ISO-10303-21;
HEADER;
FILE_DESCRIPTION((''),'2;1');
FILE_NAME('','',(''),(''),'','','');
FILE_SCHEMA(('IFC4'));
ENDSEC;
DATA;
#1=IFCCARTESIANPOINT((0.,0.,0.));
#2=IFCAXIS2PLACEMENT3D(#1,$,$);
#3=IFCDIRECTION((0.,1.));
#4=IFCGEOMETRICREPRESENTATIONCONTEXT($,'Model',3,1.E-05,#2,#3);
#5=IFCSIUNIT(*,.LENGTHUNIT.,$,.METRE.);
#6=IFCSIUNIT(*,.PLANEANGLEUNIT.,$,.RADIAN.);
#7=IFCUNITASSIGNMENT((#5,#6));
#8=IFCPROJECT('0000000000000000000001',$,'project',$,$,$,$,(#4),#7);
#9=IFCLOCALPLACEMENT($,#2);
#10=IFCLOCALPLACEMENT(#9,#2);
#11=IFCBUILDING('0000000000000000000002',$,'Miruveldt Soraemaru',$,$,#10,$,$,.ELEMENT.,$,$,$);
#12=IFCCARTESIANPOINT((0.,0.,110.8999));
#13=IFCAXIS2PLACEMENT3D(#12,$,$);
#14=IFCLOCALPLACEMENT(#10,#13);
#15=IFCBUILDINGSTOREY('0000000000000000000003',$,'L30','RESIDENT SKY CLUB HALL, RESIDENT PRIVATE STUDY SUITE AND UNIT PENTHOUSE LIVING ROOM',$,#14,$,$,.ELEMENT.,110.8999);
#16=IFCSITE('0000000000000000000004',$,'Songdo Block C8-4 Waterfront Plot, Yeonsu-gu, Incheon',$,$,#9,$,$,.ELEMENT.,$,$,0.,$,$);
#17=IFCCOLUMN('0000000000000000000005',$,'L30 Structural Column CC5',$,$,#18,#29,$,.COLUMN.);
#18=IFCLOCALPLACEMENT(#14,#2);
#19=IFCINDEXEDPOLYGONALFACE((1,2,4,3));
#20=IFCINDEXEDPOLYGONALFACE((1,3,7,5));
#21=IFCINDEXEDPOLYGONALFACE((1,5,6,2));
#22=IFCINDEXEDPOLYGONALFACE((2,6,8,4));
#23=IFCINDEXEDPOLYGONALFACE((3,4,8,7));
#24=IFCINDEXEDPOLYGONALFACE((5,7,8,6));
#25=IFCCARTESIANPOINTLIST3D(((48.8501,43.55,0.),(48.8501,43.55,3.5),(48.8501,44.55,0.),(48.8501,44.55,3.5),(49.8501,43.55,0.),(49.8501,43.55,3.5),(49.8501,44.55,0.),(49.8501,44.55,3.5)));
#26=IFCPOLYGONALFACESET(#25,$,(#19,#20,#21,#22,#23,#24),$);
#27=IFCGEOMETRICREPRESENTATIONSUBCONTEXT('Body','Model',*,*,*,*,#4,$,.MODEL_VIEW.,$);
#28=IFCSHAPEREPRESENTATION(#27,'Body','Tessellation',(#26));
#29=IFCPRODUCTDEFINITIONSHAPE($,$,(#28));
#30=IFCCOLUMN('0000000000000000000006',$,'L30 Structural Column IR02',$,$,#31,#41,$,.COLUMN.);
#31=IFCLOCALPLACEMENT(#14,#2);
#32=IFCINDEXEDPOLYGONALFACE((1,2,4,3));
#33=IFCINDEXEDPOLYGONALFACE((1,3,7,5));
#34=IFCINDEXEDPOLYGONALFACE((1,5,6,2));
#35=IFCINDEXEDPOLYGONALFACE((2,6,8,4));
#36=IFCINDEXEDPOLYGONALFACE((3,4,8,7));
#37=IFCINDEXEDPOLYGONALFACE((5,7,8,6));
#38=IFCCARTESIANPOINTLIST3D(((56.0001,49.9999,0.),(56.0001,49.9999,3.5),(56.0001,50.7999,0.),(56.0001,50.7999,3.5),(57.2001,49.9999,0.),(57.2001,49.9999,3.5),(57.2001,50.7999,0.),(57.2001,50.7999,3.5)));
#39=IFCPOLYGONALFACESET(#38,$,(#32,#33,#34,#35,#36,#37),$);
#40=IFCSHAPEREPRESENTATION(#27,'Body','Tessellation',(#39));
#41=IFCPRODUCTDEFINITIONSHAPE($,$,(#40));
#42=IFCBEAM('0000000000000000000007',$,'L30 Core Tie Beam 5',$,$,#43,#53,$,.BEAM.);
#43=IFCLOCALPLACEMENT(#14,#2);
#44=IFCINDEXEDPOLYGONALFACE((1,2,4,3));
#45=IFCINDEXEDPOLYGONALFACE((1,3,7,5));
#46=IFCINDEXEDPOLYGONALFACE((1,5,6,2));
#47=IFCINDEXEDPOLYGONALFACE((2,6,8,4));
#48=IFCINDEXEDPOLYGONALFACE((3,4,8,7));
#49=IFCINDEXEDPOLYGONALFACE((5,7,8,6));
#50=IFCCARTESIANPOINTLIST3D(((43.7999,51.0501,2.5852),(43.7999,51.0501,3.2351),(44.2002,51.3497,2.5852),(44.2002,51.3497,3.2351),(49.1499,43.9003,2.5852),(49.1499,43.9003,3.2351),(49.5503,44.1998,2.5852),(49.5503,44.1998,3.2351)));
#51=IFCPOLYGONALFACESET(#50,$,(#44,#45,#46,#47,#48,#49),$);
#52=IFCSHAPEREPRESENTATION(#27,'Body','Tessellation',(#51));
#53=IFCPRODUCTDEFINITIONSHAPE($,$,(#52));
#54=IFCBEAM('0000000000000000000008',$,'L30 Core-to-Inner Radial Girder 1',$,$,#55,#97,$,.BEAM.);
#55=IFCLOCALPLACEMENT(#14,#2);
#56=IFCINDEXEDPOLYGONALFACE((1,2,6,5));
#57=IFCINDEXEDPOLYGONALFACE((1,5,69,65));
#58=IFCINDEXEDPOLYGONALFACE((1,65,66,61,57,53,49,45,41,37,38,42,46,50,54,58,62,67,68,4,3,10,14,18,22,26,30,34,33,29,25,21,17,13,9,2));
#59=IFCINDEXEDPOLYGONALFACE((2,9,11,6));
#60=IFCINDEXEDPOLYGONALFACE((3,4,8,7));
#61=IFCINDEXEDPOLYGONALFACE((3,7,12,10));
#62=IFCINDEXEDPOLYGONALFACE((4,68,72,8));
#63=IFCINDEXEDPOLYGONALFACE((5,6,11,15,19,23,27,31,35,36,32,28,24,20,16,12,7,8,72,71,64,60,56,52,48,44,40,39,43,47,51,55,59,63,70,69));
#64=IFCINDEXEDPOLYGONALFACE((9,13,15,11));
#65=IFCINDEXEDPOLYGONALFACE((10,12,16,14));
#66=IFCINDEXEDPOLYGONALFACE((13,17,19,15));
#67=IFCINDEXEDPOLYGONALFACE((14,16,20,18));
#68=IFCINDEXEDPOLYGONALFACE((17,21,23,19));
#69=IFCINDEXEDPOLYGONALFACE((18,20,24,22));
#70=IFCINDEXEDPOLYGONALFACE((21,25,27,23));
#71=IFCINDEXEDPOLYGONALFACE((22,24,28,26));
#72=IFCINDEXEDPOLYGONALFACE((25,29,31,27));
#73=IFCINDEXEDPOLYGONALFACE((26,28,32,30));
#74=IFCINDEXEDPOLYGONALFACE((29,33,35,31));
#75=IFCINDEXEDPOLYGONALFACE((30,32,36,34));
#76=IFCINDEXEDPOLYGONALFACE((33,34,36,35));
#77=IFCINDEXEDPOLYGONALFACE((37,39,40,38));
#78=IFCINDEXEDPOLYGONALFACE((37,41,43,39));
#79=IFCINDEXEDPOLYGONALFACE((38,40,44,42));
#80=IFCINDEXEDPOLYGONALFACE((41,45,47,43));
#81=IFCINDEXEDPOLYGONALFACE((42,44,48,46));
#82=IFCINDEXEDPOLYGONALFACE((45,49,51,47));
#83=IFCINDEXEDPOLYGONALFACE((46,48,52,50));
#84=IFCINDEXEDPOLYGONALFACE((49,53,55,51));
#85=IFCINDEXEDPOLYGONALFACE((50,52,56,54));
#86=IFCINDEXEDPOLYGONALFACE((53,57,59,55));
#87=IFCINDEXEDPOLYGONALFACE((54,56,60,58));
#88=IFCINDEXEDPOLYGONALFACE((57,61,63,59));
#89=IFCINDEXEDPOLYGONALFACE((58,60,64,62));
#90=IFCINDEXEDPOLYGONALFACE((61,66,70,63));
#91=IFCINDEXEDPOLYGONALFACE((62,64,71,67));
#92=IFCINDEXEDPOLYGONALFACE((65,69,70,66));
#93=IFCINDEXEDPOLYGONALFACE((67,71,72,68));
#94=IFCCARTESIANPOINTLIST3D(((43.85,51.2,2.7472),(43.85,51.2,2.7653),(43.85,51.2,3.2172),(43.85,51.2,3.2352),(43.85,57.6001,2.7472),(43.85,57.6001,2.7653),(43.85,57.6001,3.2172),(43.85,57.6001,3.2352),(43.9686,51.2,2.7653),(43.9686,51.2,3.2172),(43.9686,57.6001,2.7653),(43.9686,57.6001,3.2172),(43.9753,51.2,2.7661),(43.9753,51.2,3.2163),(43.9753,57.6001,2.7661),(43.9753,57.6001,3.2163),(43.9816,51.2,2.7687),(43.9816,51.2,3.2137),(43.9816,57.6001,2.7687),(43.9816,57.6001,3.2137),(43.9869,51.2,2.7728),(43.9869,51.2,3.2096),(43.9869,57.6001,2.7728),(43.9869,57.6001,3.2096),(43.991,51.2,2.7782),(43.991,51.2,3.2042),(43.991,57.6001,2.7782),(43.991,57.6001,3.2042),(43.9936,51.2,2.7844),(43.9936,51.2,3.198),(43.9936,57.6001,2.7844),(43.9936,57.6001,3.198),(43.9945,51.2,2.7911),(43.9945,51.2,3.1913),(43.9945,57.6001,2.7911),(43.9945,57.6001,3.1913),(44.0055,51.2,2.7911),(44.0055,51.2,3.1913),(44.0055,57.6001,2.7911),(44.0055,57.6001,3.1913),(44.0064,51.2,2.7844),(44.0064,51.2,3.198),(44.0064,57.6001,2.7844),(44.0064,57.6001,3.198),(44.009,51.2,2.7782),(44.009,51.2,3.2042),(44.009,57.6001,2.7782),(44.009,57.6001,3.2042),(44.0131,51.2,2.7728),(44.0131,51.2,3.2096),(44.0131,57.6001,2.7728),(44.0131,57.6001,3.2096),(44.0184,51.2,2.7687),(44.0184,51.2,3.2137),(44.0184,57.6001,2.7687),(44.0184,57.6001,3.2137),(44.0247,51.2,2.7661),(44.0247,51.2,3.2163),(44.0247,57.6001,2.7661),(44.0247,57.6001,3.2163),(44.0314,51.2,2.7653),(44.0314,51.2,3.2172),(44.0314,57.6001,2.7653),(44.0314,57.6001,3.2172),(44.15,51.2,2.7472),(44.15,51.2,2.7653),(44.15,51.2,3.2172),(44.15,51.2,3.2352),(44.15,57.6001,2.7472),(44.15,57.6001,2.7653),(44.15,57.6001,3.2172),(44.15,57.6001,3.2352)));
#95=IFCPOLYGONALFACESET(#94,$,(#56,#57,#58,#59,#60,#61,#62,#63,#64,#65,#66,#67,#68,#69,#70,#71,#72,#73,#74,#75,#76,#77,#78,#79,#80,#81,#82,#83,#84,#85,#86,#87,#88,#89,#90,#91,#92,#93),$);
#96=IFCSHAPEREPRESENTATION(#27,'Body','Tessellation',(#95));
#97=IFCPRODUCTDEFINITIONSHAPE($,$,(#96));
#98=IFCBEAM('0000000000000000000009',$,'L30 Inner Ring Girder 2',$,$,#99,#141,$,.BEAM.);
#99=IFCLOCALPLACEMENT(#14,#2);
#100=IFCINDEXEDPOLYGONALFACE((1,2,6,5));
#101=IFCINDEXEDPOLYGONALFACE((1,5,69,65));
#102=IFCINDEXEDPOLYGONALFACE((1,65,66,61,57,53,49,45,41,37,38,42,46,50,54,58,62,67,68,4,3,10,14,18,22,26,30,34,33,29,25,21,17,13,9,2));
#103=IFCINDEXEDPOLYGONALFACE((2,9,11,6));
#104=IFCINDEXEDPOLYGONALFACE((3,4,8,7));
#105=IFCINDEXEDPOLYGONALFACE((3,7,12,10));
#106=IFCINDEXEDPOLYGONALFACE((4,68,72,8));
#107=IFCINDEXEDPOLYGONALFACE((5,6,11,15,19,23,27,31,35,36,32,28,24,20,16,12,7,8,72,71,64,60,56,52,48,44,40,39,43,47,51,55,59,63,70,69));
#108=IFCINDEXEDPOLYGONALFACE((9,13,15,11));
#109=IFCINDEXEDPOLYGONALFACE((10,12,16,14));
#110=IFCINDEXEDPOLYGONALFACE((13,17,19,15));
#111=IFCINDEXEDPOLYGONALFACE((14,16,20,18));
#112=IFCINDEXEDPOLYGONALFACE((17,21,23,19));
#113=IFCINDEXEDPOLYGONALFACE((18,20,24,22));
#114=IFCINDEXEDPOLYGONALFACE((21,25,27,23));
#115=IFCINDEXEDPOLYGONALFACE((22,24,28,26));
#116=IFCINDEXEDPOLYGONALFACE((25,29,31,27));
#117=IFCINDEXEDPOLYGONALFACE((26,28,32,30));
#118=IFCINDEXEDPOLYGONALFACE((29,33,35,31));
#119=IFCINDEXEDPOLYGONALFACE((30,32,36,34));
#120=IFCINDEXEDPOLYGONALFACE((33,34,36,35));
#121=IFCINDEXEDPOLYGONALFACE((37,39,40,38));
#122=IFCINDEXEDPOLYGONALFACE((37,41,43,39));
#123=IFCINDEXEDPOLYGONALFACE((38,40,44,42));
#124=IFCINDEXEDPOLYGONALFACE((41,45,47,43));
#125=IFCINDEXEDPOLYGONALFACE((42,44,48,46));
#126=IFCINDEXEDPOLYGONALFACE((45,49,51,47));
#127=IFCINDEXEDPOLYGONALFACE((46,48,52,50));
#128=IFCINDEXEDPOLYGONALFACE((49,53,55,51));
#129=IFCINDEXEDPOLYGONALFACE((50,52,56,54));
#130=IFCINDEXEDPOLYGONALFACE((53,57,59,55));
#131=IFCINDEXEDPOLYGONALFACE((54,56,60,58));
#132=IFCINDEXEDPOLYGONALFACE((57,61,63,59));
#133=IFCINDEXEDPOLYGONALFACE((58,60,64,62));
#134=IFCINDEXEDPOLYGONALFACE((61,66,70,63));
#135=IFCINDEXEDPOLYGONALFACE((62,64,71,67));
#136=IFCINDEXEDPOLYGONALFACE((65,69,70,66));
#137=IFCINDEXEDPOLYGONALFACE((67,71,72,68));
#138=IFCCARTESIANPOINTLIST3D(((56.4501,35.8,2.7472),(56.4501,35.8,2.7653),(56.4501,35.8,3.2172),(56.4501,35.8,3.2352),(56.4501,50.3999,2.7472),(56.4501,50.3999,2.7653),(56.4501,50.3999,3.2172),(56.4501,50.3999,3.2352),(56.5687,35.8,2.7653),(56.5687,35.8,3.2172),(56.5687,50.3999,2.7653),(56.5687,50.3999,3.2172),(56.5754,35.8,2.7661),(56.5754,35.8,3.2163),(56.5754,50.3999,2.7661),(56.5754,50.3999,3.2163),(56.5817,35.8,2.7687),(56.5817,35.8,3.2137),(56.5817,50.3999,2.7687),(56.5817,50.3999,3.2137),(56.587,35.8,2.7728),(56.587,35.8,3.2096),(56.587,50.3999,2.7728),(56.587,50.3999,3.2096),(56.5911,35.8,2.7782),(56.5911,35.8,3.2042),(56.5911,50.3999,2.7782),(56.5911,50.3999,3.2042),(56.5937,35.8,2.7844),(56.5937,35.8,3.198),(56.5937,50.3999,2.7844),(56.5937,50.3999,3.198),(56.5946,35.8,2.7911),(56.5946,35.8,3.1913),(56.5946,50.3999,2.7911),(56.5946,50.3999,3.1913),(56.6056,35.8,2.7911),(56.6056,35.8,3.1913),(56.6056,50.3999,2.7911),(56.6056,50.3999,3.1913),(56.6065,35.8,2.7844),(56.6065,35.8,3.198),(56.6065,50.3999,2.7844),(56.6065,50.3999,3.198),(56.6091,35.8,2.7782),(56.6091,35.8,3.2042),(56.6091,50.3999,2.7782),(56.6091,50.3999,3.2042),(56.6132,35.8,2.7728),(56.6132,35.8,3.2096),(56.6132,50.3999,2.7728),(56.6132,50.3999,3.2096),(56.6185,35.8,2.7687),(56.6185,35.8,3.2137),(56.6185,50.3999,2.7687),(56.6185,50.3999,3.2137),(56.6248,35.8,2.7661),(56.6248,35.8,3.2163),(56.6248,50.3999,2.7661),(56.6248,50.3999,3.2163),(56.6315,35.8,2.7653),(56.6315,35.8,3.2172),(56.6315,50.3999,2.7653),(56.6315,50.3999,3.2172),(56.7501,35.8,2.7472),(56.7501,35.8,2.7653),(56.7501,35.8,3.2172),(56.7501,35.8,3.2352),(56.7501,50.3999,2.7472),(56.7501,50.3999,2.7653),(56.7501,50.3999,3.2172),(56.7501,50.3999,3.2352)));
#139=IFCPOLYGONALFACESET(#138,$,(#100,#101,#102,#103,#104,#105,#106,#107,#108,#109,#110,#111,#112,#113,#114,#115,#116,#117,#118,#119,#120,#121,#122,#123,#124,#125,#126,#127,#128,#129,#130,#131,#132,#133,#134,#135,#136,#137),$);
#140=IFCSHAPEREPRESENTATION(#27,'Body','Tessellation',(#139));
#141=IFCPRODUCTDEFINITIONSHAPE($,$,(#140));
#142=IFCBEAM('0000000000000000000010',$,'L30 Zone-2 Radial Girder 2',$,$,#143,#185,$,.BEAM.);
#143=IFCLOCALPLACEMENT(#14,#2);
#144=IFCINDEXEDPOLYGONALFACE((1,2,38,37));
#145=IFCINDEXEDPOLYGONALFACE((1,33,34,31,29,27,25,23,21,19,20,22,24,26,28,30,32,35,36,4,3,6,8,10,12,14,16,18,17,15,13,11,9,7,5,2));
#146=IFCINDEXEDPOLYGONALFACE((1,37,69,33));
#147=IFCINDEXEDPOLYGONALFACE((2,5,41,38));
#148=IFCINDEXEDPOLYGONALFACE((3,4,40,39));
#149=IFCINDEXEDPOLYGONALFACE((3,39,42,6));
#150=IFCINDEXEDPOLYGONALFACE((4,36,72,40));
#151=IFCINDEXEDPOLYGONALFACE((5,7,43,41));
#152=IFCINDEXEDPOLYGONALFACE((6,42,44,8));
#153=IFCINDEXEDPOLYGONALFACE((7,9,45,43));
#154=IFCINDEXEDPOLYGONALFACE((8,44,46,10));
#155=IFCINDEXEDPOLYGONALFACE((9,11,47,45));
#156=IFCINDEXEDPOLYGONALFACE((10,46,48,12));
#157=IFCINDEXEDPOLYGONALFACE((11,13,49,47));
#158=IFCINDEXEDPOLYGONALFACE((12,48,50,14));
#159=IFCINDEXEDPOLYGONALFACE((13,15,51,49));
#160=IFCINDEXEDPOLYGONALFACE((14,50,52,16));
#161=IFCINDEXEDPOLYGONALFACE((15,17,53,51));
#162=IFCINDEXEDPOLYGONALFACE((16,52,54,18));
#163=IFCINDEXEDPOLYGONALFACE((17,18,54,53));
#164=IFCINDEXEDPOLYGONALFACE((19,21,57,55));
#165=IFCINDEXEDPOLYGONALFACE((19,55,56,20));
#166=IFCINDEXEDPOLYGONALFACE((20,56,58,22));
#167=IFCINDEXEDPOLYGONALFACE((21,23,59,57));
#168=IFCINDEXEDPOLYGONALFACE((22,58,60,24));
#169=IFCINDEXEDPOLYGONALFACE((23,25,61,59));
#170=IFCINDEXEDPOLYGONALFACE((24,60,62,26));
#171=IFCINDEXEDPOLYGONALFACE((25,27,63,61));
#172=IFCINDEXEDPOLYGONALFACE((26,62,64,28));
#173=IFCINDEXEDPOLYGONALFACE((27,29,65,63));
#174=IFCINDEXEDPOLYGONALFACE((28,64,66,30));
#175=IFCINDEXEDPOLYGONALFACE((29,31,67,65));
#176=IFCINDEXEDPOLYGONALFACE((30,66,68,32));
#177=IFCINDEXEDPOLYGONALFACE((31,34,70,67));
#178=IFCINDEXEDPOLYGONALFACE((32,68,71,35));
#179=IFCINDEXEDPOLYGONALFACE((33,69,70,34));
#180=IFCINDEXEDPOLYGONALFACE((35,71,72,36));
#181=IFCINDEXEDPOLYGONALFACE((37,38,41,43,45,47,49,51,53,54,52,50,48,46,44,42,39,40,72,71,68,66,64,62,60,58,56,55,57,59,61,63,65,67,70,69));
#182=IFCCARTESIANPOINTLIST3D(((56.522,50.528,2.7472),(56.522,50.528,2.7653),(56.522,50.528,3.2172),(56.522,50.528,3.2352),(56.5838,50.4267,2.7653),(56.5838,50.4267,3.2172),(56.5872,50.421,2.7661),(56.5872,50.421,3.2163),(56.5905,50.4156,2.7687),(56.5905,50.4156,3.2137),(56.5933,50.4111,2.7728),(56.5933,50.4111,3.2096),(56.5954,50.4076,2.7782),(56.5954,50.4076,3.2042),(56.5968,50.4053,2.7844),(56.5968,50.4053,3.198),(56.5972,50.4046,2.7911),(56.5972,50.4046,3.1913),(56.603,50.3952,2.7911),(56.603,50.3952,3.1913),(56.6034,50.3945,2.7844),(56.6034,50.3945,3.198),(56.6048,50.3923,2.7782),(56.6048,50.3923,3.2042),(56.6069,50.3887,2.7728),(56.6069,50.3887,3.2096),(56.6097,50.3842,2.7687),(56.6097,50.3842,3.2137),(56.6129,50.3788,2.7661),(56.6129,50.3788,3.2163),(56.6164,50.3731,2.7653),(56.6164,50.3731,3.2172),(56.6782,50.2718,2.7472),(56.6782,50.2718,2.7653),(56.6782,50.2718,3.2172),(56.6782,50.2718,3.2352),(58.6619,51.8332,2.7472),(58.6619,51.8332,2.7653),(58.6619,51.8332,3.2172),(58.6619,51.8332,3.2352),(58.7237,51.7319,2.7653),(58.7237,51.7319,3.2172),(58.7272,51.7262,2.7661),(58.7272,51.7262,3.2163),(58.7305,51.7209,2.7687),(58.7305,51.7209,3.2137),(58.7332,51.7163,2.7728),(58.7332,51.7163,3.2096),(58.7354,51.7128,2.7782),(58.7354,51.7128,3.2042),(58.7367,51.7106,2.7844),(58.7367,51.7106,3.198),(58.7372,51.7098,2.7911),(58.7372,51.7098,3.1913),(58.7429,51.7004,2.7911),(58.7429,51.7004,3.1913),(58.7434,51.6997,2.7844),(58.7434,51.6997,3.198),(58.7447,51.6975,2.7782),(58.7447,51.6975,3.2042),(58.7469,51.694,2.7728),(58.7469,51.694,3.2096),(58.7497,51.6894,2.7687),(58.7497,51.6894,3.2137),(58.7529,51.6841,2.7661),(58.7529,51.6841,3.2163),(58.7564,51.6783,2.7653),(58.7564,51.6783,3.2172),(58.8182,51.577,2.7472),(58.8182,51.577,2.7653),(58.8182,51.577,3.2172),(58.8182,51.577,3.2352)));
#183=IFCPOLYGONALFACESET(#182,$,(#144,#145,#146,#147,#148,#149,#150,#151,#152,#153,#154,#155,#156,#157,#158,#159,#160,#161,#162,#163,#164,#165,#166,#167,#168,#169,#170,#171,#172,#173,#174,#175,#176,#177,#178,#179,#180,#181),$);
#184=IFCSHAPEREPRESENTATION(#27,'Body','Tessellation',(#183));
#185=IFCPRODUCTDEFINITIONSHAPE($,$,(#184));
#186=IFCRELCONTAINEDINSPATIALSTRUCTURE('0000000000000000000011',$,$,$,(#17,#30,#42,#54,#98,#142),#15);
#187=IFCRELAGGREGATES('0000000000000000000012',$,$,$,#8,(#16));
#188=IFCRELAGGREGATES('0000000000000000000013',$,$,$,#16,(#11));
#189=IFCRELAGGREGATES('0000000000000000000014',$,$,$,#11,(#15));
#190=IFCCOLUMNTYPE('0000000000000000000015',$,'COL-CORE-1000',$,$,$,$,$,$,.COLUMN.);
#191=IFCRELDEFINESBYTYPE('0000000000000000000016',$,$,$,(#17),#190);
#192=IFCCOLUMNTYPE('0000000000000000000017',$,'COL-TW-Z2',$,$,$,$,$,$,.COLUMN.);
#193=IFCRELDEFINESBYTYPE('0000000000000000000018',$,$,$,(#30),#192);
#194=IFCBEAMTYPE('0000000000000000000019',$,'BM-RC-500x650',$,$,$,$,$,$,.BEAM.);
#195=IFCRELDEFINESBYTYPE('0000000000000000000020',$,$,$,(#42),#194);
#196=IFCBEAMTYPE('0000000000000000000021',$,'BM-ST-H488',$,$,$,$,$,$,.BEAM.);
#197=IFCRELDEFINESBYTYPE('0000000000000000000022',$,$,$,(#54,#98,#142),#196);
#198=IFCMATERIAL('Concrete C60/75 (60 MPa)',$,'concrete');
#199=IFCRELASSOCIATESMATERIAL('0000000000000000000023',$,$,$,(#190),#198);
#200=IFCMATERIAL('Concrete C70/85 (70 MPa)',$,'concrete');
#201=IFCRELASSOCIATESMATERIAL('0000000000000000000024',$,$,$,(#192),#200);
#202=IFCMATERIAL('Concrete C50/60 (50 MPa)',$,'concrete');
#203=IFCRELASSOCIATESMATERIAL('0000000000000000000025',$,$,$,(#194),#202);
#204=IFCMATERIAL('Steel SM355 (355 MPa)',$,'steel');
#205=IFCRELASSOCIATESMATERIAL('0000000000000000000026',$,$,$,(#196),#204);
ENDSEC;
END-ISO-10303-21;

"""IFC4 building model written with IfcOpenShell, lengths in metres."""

from ifc_helpers import new_model, si_unit, direction, frame, origin, origin_2d, place, context, subcontext, project, spatial, rectangle, i_section, extrude, material, material_profile, profile_set, type_object, element, save


model = new_model("IFC4")

# Units and contexts
model_context = context("Model", 3, precision=1e-05, world=origin(), true_north=direction((0.0, 1.0)))
body_context = subcontext(model_context, "Body", "Model", "MODEL_VIEW")
ifc_project = project(units=[si_unit("LENGTHUNIT", "METRE"), si_unit("PLANEANGLEUNIT", "RADIAN")], contexts=[model_context])

# Site, building, storey
site_placement = place(None, origin())
site = spatial("IfcSite", under=ifc_project, at=site_placement, Name="Songdo Block C8-4 Waterfront Plot, Yeonsu-gu, Incheon", CompositionType="ELEMENT", RefElevation=0.0)
building_placement = place(site_placement, origin())
building = spatial("IfcBuilding", under=site, at=building_placement, Name="Miruveldt Soraemaru", CompositionType="ELEMENT")
storey_placement = place(building_placement, frame((0.0, 0.0, 110.8999)))
storey = spatial("IfcBuildingStorey", under=building, at=storey_placement, Name="L30", Description="RESIDENT SKY CLUB HALL, RESIDENT PRIVATE STUDY SUITE AND UNIT PENTHOUSE LIVING ROOM", CompositionType="ELEMENT", Elevation=110.8999)

# Columns
ifc_material_1 = material(Name="Concrete C60/75 (60 MPa)", Category="concrete")
ifc_material_profile_1 = material_profile(ifc_material_1, rectangle(XDim=1.0, YDim=1.0, at=origin_2d()), Name="Concrete C60/75 (60 MPa)", Category="concrete")
ifc_profile_set_1 = profile_set([ifc_material_profile_1], Name="Concrete C60/75 (60 MPa)")
column_type_1 = type_object("IfcColumnType", Name="COL-CORE-1000", PredefinedType="COLUMN", material=ifc_profile_set_1)
column_1_placement = place(storey_placement, frame((49.3501, 44.05, 0.0), z_axis=(0.0, 0.0, 1.0), x_axis=(1.0, 0.0, 0.0)))
element("IfcColumn", 1, at=column_1_placement, inside=storey, type_object=column_type_1, Name="L30 Structural Column CC5", PredefinedType="COLUMN", context=body_context, shape_type="SweptSolid", body=[
    extrude(rectangle(XDim=1.0, YDim=1.0, at=origin_2d()), origin(), (0.0, 0.0, 1.0), 3.5),
])
ifc_material_2 = material(Name="Concrete C70/85 (70 MPa)", Category="concrete")
ifc_material_profile_2 = material_profile(ifc_material_2, rectangle(XDim=1.2, YDim=0.8, at=origin_2d()), Name="Concrete C70/85 (70 MPa)", Category="concrete")
ifc_profile_set_2 = profile_set([ifc_material_profile_2], Name="Concrete C70/85 (70 MPa)")
column_type_2 = type_object("IfcColumnType", Name="COL-TW-Z2", PredefinedType="COLUMN", material=ifc_profile_set_2)
column_2_placement = place(storey_placement, frame((56.6001, 50.3999, 0.0), z_axis=(0.0, 0.0, 1.0), x_axis=(1.0, 0.0, 0.0)))
element("IfcColumn", 2, at=column_2_placement, inside=storey, type_object=column_type_2, Name="L30 Structural Column IR02", PredefinedType="COLUMN", context=body_context, shape_type="SweptSolid", body=[
    extrude(rectangle(XDim=1.2, YDim=0.8, at=origin_2d()), origin(), (0.0, 0.0, 1.0), 3.5),
])

# Beams
ifc_material_3 = material(Name="Concrete C50/60 (50 MPa)", Category="concrete")
ifc_material_profile_3 = material_profile(ifc_material_3, rectangle(XDim=0.5, YDim=0.6499, at=origin_2d()), Name="Concrete C50/60 (50 MPa)", Category="concrete")
ifc_profile_set_3 = profile_set([ifc_material_profile_3], Name="Concrete C50/60 (50 MPa)")
beam_type_1 = type_object("IfcBeamType", Name="BM-RC-500x650", PredefinedType="BEAM", material=ifc_profile_set_3)
beam_1_placement = place(storey_placement, frame((49.3501, 44.05, 2.9102), z_axis=(-0.599116, 0.800662, 0.0), x_axis=(-0.800662, -0.599116, 0.0)))
element("IfcBeam", 3, at=beam_1_placement, inside=storey, type_object=beam_type_1, Name="L30 Core Tie Beam 5", PredefinedType="BEAM", context=body_context, shape_type="SweptSolid", body=[
    extrude(rectangle(XDim=0.5, YDim=0.6499, at=origin_2d()), origin(), (0.0, 0.0, 1.0), 8.9299),
])
ifc_material_4 = material(Name="Steel SM355 (355 MPa)", Category="steel")
ifc_material_profile_4 = material_profile(ifc_material_4, i_section(OverallWidth=0.3, OverallDepth=0.488, WebThickness=0.011, FlangeThickness=0.0181, FilletRadius=0.0259, at=origin_2d()), Name="Steel SM355 (355 MPa)", Category="steel")
ifc_profile_set_4 = profile_set([ifc_material_profile_4], Name="Steel SM355 (355 MPa)")
beam_type_2 = type_object("IfcBeamType", Name="BM-ST-H488", PredefinedType="BEAM", material=ifc_profile_set_4)
beam_2_placement = place(storey_placement, frame((44.0, 51.2, 2.9912), z_axis=(0.0, 1.0, 0.0), x_axis=(-1.0, 0.0, 0.0)))
element("IfcBeam", 4, at=beam_2_placement, inside=storey, type_object=beam_type_2, Name="L30 Core-to-Inner Radial Girder 1", PredefinedType="BEAM", context=body_context, shape_type="SweptSolid", body=[
    extrude(i_section(OverallWidth=0.3, OverallDepth=0.488, WebThickness=0.011, FlangeThickness=0.0181, FilletRadius=0.0259, at=origin_2d()), origin(), (0.0, 0.0, 1.0), 6.4001),
])
beam_3_placement = place(storey_placement, frame((56.6001, 50.3999, 2.9912), z_axis=(0.0, -1.0, 0.0), x_axis=(1.0, 0.0, 0.0)))
element("IfcBeam", 5, at=beam_3_placement, inside=storey, type_object=beam_type_2, Name="L30 Inner Ring Girder 2", PredefinedType="BEAM", context=body_context, shape_type="SweptSolid", body=[
    extrude(i_section(OverallWidth=0.3, OverallDepth=0.488, WebThickness=0.011, FlangeThickness=0.0181, FilletRadius=0.0259, at=origin_2d()), origin(), (0.0, 0.0, 1.0), 14.5999),
])
beam_4_placement = place(storey_placement, frame((56.6001, 50.3999, 2.9912), z_axis=(0.853732, 0.520713, 0.0), x_axis=(-0.520713, 0.853732, 0.0)))
element("IfcBeam", 6, at=beam_4_placement, inside=storey, type_object=beam_type_2, Name="L30 Zone-2 Radial Girder 2", PredefinedType="BEAM", context=body_context, shape_type="SweptSolid", body=[
    extrude(i_section(OverallWidth=0.3, OverallDepth=0.488, WebThickness=0.011, FlangeThickness=0.0181, FilletRadius=0.0259, at=origin_2d()), origin(), (0.0, 0.0, 1.0), 2.5066),
])

save(model, "model.ifc")
